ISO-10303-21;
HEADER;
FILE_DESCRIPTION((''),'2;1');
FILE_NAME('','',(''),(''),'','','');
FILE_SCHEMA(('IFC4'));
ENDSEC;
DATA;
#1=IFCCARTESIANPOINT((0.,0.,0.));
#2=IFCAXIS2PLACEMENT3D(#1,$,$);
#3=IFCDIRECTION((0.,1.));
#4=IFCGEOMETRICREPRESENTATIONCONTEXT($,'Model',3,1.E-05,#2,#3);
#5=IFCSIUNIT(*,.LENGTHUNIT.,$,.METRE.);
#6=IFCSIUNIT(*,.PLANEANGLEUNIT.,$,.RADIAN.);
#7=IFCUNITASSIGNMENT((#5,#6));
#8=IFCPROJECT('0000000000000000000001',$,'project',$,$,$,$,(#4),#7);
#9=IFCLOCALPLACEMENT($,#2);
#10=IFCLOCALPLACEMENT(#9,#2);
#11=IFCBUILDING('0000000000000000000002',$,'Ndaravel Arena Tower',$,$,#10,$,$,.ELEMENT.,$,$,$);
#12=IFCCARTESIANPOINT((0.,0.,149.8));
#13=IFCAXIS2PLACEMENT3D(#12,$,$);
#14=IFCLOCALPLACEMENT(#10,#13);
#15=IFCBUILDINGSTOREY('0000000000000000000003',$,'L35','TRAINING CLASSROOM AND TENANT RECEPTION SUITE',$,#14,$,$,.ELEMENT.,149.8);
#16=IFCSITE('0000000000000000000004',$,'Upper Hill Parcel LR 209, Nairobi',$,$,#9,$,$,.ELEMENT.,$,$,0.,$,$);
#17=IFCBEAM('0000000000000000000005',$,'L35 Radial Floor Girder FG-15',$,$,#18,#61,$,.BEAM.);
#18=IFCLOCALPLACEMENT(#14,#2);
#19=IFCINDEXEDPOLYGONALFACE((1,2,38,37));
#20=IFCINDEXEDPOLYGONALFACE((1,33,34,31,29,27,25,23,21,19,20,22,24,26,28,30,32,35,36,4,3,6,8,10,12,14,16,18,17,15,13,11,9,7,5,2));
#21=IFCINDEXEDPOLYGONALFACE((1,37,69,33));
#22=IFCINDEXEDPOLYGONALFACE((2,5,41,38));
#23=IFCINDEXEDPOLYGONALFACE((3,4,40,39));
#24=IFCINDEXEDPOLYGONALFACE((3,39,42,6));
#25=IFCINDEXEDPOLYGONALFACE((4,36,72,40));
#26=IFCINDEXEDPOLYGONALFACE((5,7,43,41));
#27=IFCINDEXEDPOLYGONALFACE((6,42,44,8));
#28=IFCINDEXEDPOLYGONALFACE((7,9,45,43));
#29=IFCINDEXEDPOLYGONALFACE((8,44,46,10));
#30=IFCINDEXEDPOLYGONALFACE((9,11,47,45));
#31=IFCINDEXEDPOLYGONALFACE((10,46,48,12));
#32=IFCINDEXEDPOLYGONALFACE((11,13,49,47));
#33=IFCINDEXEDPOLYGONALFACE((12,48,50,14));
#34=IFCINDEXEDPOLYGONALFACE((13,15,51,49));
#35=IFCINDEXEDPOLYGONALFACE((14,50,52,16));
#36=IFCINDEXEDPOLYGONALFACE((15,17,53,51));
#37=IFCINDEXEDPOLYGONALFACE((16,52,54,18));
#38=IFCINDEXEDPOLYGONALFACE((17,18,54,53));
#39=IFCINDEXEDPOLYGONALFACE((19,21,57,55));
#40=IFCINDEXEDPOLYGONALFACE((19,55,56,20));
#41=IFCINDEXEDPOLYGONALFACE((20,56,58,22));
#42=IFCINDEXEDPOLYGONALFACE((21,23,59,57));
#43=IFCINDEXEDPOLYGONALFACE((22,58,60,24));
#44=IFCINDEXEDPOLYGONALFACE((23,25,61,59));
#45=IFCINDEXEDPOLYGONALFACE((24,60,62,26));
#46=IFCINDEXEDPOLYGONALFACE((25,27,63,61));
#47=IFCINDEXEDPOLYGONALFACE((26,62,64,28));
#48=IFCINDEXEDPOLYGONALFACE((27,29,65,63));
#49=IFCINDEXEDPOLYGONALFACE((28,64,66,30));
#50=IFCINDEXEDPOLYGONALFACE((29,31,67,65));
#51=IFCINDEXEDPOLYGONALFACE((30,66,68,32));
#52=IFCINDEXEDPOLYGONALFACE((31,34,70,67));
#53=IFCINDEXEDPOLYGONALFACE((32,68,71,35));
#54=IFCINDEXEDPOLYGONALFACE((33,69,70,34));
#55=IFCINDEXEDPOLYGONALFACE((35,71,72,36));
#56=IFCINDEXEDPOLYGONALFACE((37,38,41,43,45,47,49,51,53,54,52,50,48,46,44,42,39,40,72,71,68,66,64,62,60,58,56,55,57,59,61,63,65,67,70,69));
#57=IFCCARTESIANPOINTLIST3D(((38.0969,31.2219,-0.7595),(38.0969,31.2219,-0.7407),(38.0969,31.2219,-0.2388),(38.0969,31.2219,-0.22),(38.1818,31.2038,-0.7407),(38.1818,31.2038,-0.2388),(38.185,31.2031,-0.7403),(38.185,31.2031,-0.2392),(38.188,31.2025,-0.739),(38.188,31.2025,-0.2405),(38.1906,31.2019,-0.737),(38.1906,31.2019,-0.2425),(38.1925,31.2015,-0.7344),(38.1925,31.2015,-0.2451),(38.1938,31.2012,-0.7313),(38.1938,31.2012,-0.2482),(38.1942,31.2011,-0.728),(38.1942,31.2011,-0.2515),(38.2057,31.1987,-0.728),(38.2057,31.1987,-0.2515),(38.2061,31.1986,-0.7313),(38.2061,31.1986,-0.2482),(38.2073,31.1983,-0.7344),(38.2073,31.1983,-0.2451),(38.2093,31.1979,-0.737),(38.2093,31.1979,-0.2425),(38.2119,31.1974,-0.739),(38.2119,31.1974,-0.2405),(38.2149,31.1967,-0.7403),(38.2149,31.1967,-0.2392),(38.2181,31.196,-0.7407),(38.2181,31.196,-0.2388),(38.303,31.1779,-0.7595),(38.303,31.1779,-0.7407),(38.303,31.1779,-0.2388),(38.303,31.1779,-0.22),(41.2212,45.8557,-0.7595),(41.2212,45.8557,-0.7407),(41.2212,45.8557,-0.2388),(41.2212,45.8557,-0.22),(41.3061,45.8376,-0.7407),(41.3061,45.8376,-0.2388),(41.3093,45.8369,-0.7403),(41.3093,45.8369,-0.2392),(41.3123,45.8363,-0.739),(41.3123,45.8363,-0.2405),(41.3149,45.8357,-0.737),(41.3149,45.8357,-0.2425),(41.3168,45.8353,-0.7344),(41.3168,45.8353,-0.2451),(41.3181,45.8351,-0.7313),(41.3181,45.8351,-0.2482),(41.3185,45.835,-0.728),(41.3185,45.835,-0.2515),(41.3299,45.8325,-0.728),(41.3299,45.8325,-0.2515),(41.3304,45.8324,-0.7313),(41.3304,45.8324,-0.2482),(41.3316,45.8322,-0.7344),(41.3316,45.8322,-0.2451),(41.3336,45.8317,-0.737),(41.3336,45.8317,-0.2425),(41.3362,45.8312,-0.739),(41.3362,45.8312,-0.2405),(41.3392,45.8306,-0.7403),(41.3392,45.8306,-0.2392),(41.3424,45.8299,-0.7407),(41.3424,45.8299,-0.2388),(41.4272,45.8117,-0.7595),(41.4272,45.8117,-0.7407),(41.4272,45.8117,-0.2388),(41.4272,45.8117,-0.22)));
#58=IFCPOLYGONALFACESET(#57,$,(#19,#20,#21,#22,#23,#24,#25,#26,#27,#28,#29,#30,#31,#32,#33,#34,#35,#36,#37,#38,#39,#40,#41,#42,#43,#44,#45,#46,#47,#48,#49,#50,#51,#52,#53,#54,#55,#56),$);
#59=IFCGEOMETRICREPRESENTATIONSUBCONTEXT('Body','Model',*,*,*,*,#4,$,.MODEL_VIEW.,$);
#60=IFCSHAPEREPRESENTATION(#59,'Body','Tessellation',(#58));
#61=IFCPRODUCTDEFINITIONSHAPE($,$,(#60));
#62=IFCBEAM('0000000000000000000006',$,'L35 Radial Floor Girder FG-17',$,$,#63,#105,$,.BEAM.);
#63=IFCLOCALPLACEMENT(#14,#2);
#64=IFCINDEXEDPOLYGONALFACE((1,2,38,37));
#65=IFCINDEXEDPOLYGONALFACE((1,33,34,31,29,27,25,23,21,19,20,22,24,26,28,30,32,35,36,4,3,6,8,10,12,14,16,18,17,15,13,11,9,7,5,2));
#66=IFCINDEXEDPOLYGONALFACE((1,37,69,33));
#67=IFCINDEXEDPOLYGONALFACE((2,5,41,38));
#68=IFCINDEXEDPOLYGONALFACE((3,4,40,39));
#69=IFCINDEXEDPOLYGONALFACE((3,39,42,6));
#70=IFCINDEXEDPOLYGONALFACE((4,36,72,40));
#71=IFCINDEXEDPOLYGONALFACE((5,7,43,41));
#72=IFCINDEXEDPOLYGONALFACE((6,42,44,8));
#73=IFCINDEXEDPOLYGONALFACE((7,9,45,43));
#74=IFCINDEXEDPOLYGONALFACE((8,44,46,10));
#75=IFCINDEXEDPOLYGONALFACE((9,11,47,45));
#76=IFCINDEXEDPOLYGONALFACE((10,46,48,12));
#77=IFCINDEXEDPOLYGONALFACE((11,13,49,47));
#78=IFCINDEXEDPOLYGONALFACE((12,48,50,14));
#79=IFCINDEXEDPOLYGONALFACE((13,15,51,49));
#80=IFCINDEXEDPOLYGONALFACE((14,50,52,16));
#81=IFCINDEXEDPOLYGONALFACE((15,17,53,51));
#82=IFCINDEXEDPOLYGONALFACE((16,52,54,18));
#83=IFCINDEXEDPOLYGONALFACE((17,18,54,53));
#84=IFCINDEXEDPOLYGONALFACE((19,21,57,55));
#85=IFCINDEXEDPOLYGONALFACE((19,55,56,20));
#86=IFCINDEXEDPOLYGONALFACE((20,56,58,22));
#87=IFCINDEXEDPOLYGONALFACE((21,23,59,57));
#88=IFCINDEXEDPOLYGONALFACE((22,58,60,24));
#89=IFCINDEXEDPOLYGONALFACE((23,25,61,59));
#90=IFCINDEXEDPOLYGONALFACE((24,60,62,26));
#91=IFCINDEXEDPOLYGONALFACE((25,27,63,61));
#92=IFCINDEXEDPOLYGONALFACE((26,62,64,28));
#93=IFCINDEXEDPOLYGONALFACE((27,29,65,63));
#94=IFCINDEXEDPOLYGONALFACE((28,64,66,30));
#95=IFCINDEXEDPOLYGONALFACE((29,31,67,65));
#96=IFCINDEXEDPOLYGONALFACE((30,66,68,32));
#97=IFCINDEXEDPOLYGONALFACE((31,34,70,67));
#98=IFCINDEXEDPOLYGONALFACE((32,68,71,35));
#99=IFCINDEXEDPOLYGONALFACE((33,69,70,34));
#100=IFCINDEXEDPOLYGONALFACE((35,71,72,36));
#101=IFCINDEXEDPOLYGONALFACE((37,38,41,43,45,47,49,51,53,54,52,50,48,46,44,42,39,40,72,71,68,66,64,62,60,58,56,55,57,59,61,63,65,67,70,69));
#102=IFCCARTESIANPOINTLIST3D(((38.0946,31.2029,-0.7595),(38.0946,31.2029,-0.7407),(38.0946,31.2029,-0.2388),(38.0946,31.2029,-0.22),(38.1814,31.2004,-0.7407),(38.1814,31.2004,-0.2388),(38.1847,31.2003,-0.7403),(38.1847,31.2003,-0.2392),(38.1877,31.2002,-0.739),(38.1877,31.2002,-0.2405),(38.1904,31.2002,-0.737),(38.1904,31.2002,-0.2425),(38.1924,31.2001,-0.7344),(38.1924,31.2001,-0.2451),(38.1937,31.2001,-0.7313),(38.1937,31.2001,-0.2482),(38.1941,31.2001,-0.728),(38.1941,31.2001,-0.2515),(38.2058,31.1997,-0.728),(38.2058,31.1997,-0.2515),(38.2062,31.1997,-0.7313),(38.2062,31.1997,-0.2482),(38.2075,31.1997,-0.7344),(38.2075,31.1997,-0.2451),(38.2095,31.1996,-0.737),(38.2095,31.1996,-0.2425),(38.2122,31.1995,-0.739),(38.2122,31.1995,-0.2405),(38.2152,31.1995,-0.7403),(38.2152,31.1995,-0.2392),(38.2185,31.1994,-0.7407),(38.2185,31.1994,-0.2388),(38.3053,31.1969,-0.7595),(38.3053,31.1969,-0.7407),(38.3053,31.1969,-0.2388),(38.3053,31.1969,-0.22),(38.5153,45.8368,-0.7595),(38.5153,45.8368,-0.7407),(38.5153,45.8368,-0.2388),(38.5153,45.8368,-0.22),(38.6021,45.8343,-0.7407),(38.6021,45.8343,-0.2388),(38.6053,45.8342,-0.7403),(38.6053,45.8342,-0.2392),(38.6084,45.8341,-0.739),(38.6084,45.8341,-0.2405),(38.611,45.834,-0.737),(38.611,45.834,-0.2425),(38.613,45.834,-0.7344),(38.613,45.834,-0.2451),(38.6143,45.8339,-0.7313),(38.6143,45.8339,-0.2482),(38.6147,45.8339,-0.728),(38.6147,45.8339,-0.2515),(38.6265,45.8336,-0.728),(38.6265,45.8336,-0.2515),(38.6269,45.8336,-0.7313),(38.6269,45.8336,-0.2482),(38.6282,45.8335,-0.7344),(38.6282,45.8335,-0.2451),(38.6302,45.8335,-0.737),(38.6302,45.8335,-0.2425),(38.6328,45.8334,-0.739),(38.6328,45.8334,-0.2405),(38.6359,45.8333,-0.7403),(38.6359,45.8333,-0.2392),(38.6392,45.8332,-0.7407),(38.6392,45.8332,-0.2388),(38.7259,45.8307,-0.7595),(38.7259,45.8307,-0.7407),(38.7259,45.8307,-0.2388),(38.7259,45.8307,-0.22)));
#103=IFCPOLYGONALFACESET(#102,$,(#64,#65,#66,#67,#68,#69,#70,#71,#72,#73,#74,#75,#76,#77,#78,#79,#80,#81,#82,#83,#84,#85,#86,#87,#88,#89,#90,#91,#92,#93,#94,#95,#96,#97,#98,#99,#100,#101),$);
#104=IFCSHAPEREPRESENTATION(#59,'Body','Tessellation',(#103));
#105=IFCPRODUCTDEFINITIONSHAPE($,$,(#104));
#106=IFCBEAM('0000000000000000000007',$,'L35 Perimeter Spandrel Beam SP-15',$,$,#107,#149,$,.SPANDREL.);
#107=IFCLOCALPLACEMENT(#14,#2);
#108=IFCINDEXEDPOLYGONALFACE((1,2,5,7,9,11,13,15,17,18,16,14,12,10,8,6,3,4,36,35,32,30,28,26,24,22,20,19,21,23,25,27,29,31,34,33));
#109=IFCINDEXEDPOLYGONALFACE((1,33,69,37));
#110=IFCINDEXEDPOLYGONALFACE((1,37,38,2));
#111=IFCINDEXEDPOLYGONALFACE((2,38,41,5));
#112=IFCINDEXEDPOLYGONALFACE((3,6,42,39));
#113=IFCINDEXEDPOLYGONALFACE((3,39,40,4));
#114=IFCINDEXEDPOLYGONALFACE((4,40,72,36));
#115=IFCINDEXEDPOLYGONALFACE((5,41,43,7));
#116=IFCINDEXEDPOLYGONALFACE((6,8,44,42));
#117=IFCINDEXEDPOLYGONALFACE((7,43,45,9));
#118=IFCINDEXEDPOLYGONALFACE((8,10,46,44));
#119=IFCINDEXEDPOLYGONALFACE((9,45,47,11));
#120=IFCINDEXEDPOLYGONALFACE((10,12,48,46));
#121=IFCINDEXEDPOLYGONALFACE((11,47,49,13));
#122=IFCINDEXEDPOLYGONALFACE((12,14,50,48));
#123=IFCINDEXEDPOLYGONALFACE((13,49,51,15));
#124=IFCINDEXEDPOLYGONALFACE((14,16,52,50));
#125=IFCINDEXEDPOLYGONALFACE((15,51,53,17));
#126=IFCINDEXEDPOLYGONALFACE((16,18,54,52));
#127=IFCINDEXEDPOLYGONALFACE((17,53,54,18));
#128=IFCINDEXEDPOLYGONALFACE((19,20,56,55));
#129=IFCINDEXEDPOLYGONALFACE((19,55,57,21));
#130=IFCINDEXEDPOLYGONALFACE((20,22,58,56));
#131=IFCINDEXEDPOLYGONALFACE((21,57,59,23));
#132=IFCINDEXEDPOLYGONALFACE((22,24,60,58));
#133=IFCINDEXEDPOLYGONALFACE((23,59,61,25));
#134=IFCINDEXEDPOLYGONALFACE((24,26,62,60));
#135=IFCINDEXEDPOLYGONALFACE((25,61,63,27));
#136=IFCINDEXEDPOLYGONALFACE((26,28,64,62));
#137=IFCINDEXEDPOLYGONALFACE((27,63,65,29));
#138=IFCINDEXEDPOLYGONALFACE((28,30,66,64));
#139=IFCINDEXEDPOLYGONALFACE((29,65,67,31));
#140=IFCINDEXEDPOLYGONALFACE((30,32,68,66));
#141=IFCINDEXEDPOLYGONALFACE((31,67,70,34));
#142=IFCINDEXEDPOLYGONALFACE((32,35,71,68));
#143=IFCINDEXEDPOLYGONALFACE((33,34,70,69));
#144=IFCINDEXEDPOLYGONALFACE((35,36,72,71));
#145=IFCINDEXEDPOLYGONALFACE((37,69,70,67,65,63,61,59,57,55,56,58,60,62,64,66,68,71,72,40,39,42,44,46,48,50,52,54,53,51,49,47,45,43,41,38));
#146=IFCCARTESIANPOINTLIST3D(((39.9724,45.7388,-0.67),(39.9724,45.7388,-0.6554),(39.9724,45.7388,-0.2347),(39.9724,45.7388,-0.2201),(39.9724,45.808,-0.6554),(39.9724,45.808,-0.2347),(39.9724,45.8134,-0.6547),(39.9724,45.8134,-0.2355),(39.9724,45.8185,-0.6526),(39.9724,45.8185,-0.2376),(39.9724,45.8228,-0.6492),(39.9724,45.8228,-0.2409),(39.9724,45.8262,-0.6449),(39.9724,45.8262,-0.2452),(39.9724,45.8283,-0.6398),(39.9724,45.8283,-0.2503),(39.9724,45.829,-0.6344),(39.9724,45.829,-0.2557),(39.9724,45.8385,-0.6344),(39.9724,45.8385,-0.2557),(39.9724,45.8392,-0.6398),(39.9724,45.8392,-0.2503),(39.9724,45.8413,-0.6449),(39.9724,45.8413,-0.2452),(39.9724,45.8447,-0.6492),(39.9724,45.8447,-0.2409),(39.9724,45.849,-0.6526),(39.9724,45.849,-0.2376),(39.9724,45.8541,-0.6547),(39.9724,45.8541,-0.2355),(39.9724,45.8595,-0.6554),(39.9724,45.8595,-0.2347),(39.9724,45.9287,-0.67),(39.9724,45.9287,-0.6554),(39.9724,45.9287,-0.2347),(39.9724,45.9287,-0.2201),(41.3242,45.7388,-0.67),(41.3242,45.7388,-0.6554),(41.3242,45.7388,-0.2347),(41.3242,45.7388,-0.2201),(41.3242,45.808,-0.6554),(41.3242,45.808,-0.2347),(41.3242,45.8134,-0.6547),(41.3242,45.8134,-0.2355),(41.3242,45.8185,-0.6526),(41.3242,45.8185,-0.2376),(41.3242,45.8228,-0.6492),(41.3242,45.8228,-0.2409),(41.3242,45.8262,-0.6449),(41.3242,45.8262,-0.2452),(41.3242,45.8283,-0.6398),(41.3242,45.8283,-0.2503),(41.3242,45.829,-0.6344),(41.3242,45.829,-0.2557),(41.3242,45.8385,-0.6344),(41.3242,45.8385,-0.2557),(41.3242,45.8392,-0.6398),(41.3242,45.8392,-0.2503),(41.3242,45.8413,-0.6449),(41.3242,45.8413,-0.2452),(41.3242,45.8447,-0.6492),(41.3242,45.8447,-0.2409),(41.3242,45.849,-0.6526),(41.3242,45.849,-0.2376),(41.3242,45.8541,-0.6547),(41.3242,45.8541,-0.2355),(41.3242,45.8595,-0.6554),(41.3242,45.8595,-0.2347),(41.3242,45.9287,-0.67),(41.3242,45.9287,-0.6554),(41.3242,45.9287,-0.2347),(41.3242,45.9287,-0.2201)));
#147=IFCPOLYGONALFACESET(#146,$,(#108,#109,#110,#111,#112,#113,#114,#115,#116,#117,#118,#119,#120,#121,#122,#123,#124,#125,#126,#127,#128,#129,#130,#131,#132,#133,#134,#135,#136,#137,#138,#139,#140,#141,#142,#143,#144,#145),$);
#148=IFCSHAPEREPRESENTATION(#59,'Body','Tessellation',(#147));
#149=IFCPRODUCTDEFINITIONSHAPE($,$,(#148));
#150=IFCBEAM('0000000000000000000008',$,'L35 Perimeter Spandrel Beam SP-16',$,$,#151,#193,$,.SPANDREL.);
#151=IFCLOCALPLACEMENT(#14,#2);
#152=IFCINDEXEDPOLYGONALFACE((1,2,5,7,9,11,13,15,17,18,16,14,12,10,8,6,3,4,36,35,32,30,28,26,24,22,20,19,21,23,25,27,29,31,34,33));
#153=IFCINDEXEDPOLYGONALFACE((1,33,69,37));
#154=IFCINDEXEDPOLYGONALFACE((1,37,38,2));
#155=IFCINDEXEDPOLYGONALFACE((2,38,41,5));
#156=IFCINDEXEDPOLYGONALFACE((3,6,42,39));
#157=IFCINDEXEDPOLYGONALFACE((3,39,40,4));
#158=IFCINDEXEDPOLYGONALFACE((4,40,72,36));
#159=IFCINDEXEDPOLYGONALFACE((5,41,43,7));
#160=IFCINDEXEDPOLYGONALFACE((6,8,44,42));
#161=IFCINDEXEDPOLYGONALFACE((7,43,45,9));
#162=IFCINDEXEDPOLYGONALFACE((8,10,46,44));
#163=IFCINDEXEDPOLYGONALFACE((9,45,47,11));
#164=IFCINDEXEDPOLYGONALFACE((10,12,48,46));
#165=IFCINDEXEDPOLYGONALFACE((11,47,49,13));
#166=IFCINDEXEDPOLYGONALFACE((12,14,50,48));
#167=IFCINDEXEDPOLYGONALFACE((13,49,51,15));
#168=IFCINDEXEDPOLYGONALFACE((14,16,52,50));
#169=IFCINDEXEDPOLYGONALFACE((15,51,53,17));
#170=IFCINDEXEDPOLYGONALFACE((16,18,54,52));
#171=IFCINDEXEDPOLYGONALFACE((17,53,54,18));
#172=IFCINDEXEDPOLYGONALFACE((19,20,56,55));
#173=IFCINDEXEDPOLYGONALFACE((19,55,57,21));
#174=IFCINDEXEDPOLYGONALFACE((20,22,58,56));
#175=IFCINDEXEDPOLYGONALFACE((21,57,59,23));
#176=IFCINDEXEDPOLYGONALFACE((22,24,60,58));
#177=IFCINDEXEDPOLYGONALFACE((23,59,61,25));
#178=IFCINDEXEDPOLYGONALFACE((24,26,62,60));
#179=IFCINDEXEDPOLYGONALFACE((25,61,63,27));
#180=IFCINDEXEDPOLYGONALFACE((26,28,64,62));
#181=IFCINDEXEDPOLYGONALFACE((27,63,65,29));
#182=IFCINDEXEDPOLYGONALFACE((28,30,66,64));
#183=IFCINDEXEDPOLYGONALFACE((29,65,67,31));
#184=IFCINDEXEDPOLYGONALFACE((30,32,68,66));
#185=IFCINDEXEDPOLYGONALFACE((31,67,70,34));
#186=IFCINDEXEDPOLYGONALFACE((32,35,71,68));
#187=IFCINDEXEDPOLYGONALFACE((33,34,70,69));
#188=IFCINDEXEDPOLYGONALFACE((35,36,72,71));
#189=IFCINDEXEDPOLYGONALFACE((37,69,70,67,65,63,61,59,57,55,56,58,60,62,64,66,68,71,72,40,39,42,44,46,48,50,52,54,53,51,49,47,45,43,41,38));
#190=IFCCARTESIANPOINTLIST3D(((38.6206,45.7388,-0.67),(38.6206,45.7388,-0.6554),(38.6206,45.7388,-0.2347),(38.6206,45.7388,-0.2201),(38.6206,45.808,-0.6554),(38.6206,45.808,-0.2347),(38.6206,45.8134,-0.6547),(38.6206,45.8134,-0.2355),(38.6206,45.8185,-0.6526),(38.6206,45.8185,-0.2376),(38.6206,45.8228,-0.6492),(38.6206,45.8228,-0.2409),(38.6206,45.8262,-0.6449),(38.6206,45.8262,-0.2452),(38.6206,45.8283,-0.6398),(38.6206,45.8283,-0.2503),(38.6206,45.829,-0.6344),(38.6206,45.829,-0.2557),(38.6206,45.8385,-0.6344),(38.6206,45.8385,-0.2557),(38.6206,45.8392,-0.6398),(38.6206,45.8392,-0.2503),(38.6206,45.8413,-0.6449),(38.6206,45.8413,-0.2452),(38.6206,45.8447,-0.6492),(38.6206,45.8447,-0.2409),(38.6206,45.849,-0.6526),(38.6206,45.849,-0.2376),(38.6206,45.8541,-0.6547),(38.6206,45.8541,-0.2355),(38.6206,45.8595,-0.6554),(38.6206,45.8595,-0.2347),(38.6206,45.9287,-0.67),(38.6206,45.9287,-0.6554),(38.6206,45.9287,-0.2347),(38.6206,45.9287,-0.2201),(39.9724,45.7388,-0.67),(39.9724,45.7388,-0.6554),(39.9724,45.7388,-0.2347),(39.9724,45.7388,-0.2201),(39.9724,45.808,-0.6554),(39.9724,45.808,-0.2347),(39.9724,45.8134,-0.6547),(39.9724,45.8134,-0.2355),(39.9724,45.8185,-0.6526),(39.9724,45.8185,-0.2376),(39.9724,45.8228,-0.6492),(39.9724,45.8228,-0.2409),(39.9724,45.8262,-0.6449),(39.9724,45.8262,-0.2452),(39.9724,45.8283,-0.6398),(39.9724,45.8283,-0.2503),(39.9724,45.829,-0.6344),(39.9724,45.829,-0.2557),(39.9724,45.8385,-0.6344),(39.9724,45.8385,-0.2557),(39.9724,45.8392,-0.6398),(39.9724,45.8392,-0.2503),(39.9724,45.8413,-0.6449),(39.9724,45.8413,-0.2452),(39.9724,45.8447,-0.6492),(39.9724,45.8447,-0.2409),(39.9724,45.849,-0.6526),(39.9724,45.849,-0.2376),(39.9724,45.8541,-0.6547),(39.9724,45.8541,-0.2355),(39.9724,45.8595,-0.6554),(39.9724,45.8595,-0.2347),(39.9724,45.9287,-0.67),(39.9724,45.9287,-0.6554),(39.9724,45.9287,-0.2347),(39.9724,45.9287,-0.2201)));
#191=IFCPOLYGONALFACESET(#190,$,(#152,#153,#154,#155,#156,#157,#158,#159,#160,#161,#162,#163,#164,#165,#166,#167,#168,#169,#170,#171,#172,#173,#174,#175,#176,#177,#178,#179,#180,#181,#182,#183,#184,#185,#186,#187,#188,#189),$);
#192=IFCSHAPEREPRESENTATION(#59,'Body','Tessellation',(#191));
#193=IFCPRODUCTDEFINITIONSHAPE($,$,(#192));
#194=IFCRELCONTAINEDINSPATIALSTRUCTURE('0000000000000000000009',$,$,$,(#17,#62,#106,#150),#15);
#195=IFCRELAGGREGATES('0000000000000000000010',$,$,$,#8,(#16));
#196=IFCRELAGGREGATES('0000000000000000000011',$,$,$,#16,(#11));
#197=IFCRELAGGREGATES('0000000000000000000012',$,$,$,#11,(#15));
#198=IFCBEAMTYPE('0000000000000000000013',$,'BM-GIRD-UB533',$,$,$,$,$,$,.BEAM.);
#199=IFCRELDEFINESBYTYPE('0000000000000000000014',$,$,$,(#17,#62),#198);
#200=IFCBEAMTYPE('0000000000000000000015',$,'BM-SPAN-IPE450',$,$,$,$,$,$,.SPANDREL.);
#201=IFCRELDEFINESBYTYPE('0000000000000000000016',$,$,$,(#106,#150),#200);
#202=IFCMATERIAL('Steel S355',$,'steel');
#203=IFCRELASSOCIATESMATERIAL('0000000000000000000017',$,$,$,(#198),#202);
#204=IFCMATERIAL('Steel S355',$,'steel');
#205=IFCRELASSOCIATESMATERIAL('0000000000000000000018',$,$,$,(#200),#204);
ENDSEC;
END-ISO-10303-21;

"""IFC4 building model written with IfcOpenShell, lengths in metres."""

from ifc_helpers import new_model, si_unit, direction, frame, origin, origin_2d, place, context, subcontext, project, spatial, i_section, extrude, material, material_profile, profile_set, type_object, element, save


model = new_model("IFC4")

# Units and contexts
model_context = context("Model", 3, precision=1e-05, world=origin(), true_north=direction((0.0, 1.0)))
body_context = subcontext(model_context, "Body", "Model", "MODEL_VIEW")
ifc_project = project(units=[si_unit("LENGTHUNIT", "METRE"), si_unit("PLANEANGLEUNIT", "RADIAN")], contexts=[model_context])

# Site, building, storey
site_placement = place(None, origin())
site = spatial("IfcSite", under=ifc_project, at=site_placement, Name="Upper Hill Parcel LR 209, Nairobi", CompositionType="ELEMENT", RefElevation=0.0)
building_placement = place(site_placement, origin())
building = spatial("IfcBuilding", under=site, at=building_placement, Name="Ndaravel Arena Tower", CompositionType="ELEMENT")
storey_placement = place(building_placement, frame((0.0, 0.0, 149.8)))
storey = spatial("IfcBuildingStorey", under=building, at=storey_placement, Name="L35", Description="TRAINING CLASSROOM AND TENANT RECEPTION SUITE", CompositionType="ELEMENT", Elevation=149.8)

# Beams
ifc_material_1 = material(Name="Steel S355", Category="steel")
ifc_material_profile_1 = material_profile(ifc_material_1, i_section(OverallWidth=0.2107, OverallDepth=0.5396, WebThickness=0.0117, FlangeThickness=0.0188, FilletRadius=0.0127, at=origin_2d()), Name="UB 533x210x109")
ifc_profile_set_1 = profile_set([ifc_material_profile_1], Name="Steel S355")
beam_type_1 = type_object("IfcBeamType", Name="BM-GIRD-UB533", PredefinedType="BEAM", material=ifc_profile_set_1)
beam_1_placement = place(storey_placement, frame((41.3242, 45.8337, -0.4897), z_axis=(-0.208791, -0.97796, 0.0), x_axis=(0.97796, -0.208791, 0.0)))
element("IfcBeam", 1, at=beam_1_placement, inside=storey, type_object=beam_type_1, Name="L35 Radial Floor Girder FG-15", PredefinedType="BEAM", context=body_context, shape_type="SweptSolid", body=[
    extrude(i_section(OverallWidth=0.2107, OverallDepth=0.5396, WebThickness=0.0117, FlangeThickness=0.0188, FilletRadius=0.0127, at=origin_2d()), origin(), (0.0, 0.0, 1.0), 14.9636),
])
beam_2_placement = place(storey_placement, frame((38.6206, 45.8337, -0.4897), z_axis=(-0.028734, -0.999587, 0.0), x_axis=(0.999587, -0.028734, 0.0)))
element("IfcBeam", 2, at=beam_2_placement, inside=storey, type_object=beam_type_1, Name="L35 Radial Floor Girder FG-17", PredefinedType="BEAM", context=body_context, shape_type="SweptSolid", body=[
    extrude(i_section(OverallWidth=0.2107, OverallDepth=0.5396, WebThickness=0.0117, FlangeThickness=0.0188, FilletRadius=0.0127, at=origin_2d()), origin(), (0.0, 0.0, 1.0), 14.6399),
])
ifc_material_2 = material(Name="Steel S355", Category="steel")
ifc_material_profile_2 = material_profile(ifc_material_2, i_section(OverallWidth=0.1899, OverallDepth=0.45, WebThickness=0.0095, FlangeThickness=0.0146, FilletRadius=0.021, at=origin_2d()), Name="IPE 450")
ifc_profile_set_2 = profile_set([ifc_material_profile_2], Name="Steel S355")
beam_type_2 = type_object("IfcBeamType", Name="BM-SPAN-IPE450", PredefinedType="SPANDREL", material=ifc_profile_set_2)
for number, where, z_axis, x_axis, name in (
    (3, (41.3242, 45.8337, -0.4451), (-1.0, 0.0, 0.0), (0.0, -1.0, 0.0), "L35 Perimeter Spandrel Beam SP-15"),
    (4, (39.9724, 45.8337, -0.4451), (-1.0, 0.0, 0.0), (0.0, -1.0, 0.0), "L35 Perimeter Spandrel Beam SP-16"),
):
    element("IfcBeam", number, at=place(storey_placement, frame(where, z_axis=z_axis, x_axis=x_axis)), inside=storey, type_object=beam_type_2, Name=name, PredefinedType="SPANDREL", context=body_context, shape_type="SweptSolid", body=[
        extrude(i_section(OverallWidth=0.1899, OverallDepth=0.45, WebThickness=0.0095, FlangeThickness=0.0146, FilletRadius=0.021, at=origin_2d()), origin(), (0.0, 0.0, 1.0), 1.3518),
    ])

save(model, "model.ifc")
